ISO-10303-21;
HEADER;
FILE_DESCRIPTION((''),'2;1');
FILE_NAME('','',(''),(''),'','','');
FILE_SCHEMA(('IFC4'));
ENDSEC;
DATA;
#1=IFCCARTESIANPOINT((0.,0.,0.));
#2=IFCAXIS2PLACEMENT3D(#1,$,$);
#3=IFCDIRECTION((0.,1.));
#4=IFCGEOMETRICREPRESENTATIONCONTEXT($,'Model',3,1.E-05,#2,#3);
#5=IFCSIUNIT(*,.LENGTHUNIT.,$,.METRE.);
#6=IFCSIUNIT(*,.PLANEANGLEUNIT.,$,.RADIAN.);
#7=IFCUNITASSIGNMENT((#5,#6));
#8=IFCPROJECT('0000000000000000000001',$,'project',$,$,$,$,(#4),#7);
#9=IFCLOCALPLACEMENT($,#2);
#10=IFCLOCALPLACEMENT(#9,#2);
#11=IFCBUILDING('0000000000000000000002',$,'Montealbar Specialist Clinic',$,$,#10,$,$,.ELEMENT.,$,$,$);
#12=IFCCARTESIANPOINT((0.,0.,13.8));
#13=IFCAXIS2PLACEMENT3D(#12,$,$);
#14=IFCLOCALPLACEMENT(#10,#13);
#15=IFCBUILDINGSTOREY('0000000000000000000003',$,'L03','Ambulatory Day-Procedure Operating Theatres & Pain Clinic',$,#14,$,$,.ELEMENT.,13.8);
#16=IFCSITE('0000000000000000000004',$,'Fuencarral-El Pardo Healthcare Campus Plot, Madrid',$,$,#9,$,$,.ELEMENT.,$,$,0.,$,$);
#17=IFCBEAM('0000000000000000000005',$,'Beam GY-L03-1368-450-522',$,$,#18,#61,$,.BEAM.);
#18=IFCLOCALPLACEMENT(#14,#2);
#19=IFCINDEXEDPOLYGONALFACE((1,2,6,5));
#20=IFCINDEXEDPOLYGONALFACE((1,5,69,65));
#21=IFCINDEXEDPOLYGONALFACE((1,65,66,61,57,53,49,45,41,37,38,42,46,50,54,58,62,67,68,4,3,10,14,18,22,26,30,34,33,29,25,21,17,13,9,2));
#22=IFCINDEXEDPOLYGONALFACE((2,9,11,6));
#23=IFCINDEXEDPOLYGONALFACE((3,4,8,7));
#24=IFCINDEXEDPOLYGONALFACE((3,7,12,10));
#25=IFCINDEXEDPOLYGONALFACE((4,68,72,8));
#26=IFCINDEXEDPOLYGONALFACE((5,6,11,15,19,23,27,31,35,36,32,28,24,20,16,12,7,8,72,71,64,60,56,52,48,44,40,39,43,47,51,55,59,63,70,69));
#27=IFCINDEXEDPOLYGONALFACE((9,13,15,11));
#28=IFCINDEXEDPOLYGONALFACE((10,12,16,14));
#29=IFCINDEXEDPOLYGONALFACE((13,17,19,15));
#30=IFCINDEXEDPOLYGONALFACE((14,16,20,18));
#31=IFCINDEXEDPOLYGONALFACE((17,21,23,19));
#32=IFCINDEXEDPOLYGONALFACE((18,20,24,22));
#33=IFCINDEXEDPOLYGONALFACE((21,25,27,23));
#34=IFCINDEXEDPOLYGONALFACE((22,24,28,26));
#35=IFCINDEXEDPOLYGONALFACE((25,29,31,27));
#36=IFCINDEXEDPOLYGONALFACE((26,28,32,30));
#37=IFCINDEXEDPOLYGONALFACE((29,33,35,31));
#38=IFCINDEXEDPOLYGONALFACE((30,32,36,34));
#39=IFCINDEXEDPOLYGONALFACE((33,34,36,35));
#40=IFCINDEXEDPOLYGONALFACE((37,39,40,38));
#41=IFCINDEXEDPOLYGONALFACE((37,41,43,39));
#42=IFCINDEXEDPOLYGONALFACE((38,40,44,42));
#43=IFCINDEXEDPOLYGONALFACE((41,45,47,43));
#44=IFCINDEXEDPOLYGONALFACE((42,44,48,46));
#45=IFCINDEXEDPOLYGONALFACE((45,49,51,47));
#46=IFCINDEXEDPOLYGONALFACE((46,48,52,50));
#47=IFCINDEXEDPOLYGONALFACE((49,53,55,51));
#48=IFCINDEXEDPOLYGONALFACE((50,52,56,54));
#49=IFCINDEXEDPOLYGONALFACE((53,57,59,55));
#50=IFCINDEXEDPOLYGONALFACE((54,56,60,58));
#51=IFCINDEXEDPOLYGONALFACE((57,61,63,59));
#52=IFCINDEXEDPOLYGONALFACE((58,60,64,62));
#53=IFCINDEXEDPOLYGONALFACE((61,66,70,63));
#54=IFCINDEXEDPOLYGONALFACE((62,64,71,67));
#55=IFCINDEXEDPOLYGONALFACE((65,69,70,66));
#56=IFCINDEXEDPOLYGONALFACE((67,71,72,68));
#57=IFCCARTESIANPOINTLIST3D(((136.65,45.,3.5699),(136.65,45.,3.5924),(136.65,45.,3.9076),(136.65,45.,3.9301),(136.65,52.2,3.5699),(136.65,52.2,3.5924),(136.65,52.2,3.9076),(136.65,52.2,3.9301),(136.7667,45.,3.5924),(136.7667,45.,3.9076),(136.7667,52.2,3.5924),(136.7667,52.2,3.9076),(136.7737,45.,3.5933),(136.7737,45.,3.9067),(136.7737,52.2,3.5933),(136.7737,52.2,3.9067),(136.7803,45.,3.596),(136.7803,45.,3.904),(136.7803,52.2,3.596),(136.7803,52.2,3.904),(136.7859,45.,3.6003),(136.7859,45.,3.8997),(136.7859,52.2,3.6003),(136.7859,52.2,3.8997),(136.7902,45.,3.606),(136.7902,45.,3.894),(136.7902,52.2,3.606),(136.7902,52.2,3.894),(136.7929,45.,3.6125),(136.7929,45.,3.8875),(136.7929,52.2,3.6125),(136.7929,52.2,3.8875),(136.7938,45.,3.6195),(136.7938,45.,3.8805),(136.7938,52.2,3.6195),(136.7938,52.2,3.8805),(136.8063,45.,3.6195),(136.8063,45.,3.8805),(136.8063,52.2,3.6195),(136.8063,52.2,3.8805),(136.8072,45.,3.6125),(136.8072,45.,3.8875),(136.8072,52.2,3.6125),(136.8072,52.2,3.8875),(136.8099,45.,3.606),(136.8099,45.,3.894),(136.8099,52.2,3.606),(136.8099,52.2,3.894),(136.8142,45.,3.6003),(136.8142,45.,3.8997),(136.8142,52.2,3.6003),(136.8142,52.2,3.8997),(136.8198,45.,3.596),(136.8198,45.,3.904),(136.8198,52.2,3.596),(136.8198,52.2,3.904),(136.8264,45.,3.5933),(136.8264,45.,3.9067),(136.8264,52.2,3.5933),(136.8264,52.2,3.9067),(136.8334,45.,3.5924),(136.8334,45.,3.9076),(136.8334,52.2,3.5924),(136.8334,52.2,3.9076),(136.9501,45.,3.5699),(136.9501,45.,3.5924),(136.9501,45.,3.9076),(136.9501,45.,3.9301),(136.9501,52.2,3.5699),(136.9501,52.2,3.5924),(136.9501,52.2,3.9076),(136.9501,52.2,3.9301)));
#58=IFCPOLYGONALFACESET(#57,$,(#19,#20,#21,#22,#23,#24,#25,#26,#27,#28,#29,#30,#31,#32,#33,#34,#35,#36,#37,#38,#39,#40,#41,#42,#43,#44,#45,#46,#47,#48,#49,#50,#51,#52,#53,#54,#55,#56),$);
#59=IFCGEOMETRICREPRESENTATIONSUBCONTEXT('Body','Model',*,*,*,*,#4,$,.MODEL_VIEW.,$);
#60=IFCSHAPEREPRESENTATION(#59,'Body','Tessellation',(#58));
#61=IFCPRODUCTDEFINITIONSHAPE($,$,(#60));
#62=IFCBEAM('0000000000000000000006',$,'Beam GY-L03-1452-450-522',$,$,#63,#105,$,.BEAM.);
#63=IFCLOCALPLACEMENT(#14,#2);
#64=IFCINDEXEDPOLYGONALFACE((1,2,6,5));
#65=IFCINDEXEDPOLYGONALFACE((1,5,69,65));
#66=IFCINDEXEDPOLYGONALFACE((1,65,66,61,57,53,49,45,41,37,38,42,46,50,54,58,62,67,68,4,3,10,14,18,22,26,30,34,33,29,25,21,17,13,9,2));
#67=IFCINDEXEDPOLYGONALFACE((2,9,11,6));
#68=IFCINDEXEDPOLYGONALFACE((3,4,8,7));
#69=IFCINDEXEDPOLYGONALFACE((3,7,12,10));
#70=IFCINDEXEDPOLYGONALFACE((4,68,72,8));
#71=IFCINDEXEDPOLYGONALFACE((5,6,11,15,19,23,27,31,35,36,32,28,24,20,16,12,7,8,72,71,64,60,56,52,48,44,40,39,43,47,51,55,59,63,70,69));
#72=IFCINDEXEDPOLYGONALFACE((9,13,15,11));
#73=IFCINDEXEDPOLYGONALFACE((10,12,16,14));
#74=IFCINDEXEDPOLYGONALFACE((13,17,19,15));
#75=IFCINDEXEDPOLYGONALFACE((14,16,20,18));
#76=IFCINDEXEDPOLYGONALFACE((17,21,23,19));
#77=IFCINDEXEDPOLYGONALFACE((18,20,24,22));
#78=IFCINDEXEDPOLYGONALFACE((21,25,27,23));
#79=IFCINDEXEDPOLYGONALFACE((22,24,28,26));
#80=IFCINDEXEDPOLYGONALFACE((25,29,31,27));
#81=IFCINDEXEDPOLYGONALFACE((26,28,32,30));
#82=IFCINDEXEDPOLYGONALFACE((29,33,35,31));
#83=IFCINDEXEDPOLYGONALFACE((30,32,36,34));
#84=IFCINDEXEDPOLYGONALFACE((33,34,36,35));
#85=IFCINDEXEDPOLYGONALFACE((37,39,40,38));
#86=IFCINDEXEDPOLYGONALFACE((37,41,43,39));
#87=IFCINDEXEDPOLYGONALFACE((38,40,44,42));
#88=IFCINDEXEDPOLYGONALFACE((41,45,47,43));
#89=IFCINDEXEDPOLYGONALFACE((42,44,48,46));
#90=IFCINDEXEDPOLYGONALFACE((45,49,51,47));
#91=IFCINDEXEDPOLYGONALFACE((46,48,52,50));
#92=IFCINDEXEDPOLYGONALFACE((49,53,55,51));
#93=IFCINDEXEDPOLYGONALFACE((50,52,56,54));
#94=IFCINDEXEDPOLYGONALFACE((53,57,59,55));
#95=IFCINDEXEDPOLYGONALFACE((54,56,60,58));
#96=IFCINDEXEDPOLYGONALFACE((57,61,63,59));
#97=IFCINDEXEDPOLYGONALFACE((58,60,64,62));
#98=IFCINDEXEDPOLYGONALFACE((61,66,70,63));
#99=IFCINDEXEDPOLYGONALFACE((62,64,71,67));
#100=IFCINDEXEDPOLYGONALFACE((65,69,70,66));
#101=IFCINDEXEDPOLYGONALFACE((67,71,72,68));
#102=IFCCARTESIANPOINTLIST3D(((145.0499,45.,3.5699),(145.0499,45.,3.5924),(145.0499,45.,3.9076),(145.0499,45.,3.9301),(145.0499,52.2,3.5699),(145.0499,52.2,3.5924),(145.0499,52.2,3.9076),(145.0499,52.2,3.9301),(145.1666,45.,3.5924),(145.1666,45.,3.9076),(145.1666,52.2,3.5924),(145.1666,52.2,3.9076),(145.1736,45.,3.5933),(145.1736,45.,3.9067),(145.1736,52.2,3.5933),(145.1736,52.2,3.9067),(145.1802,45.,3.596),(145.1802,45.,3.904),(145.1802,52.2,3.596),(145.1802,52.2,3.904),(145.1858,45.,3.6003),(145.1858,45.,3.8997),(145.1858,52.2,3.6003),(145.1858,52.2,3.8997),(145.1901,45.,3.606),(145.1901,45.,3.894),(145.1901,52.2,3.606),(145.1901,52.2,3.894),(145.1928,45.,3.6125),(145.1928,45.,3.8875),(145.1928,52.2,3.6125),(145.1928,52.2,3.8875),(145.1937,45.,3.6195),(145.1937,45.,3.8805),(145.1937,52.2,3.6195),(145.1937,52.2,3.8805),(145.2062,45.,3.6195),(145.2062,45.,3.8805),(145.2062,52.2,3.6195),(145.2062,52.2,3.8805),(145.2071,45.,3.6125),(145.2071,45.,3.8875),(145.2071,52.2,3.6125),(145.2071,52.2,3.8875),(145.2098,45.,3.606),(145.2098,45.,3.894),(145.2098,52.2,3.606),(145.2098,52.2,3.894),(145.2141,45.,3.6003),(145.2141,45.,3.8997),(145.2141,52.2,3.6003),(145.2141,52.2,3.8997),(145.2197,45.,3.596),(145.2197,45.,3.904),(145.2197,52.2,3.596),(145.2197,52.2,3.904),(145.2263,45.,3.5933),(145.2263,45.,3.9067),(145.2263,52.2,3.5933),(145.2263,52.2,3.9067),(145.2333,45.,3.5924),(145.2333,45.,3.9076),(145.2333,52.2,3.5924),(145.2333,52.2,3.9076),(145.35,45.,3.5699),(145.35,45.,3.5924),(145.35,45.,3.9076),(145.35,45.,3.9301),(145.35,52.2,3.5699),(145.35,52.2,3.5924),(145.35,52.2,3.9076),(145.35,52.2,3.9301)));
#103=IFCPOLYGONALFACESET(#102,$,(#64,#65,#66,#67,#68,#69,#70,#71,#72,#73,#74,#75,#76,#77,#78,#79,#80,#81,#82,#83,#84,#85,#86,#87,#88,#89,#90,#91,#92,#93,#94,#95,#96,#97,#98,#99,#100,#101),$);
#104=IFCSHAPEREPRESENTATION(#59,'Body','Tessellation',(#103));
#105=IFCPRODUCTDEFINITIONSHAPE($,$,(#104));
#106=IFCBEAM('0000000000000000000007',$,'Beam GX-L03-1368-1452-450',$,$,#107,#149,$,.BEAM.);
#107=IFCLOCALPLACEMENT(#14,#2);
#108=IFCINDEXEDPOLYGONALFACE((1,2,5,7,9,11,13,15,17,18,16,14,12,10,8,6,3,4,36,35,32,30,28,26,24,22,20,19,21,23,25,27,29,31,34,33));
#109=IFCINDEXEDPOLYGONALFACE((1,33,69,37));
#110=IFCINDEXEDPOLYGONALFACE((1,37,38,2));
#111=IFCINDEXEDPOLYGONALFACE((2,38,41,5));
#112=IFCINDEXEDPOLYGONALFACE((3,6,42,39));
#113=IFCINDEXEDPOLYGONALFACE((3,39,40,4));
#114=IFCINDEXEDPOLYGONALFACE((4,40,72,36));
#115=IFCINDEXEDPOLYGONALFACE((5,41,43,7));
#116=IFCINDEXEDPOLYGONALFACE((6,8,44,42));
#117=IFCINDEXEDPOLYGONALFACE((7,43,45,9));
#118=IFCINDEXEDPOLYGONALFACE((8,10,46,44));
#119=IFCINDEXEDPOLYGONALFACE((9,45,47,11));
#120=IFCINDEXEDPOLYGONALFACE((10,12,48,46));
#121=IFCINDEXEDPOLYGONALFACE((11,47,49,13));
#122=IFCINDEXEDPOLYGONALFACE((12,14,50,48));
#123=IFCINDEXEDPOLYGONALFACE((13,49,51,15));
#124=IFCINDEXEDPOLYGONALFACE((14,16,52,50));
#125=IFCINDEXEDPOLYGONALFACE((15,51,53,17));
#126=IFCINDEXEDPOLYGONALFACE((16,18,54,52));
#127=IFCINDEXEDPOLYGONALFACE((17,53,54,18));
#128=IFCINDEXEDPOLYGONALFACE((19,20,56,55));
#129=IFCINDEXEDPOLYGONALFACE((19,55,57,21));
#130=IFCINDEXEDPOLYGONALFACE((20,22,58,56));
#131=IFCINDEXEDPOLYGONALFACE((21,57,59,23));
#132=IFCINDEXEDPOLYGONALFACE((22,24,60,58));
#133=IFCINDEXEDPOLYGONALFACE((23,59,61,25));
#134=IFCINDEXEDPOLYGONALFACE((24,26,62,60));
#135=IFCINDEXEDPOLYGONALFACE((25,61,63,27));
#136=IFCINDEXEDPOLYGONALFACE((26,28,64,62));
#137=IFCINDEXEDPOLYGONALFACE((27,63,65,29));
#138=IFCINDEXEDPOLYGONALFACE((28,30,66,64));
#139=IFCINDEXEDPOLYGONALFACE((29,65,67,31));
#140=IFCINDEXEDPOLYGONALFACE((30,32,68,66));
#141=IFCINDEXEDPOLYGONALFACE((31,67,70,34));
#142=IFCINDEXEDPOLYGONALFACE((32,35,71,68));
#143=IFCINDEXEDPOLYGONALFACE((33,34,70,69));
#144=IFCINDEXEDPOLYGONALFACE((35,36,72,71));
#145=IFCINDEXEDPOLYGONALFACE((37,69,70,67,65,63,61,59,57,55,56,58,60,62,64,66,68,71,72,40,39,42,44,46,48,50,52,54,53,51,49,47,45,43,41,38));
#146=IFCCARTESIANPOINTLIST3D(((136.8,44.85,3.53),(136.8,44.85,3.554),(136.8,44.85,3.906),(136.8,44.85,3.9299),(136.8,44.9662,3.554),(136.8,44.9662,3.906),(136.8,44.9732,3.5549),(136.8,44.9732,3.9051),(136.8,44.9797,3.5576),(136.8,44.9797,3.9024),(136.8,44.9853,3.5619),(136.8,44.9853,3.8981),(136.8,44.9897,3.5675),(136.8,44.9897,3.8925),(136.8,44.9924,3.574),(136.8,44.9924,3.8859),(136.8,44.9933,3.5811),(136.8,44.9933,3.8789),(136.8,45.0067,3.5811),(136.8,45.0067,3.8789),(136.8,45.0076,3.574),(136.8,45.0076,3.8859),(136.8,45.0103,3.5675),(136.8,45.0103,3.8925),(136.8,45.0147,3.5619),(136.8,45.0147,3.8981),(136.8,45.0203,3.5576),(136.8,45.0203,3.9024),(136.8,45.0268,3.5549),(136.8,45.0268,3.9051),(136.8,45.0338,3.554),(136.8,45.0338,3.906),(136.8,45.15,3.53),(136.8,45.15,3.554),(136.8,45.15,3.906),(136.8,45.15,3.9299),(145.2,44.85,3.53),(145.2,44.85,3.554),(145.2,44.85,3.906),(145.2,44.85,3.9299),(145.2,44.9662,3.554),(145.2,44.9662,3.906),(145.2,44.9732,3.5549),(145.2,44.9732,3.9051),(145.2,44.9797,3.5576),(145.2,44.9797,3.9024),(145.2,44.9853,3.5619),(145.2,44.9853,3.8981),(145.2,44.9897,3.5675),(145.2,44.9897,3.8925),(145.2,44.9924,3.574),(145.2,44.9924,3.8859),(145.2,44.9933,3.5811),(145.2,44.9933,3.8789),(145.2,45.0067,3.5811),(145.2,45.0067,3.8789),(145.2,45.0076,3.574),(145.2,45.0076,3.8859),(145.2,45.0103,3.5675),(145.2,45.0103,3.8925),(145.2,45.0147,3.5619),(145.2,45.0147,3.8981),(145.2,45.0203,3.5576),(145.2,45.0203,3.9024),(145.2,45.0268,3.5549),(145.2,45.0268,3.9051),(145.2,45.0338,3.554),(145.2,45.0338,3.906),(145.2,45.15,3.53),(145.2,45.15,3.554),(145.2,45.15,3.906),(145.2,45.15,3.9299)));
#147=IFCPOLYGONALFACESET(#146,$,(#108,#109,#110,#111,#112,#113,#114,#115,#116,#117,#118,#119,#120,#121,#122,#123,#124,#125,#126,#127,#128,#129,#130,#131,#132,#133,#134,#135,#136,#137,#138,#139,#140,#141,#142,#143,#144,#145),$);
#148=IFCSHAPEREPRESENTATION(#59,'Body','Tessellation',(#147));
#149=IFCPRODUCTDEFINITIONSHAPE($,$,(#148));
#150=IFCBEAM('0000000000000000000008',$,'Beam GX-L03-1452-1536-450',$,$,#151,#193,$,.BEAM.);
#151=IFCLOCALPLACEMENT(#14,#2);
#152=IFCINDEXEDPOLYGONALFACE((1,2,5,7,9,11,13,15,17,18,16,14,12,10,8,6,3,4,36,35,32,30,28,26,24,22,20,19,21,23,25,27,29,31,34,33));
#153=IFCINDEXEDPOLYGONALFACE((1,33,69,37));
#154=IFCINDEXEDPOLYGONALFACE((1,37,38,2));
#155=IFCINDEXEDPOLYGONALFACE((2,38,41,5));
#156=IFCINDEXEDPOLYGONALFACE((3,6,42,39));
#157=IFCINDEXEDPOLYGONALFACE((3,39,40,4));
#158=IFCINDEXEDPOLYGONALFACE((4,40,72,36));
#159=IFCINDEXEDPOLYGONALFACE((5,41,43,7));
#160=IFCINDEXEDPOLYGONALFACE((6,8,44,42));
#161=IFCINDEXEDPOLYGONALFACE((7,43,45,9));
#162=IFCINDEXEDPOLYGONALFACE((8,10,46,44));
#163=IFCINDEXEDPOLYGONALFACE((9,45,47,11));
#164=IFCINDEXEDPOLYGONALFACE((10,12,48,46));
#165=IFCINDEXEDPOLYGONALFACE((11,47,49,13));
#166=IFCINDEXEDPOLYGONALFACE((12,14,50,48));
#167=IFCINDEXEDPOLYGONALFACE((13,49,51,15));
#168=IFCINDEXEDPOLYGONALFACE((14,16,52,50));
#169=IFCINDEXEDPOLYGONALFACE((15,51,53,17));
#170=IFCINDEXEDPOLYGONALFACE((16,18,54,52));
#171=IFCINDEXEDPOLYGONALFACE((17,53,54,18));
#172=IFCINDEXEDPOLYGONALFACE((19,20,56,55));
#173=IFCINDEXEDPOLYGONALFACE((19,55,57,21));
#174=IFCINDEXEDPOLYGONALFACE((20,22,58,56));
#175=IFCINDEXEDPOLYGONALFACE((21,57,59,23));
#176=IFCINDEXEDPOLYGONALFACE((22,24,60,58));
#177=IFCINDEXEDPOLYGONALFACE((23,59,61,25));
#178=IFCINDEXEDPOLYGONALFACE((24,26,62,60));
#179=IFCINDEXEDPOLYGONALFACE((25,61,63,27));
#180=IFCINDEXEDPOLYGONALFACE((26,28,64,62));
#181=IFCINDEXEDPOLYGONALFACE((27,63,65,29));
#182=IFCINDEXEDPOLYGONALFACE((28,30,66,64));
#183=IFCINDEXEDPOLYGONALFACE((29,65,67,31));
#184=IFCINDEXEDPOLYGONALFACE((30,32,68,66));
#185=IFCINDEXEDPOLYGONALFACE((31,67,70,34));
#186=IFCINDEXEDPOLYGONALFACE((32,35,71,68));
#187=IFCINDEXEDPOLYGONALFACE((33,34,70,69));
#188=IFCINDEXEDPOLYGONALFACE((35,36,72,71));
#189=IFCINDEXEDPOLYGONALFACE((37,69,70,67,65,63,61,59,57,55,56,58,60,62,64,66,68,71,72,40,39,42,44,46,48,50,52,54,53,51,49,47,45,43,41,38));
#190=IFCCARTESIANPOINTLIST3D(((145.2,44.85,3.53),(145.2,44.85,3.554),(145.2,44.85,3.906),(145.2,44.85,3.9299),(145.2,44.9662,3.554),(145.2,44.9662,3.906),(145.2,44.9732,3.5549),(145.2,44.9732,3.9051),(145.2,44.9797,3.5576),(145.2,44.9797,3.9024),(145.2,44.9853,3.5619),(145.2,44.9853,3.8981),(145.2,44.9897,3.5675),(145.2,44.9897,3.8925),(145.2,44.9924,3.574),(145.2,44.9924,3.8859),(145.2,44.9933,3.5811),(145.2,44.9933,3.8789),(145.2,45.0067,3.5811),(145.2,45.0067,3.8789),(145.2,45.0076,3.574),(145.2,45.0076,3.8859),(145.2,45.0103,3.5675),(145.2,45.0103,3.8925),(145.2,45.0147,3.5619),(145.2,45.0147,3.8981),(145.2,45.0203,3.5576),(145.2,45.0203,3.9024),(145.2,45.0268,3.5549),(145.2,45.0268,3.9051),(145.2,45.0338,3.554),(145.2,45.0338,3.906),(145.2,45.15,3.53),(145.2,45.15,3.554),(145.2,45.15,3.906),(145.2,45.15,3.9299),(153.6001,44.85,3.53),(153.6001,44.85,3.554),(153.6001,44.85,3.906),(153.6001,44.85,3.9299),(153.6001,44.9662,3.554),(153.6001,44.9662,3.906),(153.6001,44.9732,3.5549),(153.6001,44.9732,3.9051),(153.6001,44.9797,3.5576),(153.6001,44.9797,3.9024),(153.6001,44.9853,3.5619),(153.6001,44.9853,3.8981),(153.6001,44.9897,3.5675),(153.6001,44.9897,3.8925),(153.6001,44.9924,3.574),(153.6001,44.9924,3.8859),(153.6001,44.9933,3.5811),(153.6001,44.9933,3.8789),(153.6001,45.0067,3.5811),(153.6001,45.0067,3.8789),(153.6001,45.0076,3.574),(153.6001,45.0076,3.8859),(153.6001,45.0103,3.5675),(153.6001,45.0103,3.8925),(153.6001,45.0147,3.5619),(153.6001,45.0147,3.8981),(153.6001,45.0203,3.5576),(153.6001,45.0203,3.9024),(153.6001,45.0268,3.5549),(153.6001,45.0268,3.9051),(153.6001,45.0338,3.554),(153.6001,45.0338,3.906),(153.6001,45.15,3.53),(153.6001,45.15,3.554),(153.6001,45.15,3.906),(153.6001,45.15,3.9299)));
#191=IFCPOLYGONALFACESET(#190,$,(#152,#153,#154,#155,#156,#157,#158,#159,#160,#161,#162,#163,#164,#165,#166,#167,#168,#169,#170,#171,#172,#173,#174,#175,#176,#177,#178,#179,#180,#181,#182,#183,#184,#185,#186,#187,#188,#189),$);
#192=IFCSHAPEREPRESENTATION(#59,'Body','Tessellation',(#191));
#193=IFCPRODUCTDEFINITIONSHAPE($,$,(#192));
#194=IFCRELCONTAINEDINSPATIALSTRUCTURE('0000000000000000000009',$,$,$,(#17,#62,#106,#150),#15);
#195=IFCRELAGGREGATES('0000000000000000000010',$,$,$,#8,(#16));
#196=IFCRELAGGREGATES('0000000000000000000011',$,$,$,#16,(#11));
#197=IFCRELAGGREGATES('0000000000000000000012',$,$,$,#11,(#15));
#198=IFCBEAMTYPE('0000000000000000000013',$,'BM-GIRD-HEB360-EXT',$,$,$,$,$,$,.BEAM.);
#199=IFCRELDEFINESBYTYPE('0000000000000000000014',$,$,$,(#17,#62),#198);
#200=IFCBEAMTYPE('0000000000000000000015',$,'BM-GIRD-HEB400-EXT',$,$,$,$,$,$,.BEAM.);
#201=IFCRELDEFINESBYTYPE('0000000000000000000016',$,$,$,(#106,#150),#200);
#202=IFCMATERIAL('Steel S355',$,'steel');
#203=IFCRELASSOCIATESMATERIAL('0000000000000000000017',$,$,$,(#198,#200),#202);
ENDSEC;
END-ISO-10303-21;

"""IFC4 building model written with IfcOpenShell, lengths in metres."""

from ifc_helpers import new_model, si_unit, direction, frame, origin, origin_2d, place, context, subcontext, project, spatial, i_section, extrude, material, material_profile, profile_set, type_object, element, save


model = new_model("IFC4")

# Units and contexts
model_context = context("Model", 3, precision=1e-05, world=origin(), true_north=direction((0.0, 1.0)))
body_context = subcontext(model_context, "Body", "Model", "MODEL_VIEW")
ifc_project = project(units=[si_unit("LENGTHUNIT", "METRE"), si_unit("PLANEANGLEUNIT", "RADIAN")], contexts=[model_context])

# Site, building, storey
site_placement = place(None, origin())
site = spatial("IfcSite", under=ifc_project, at=site_placement, Name="Fuencarral-El Pardo Healthcare Campus Plot, Madrid", CompositionType="ELEMENT", RefElevation=0.0)
building_placement = place(site_placement, origin())
building = spatial("IfcBuilding", under=site, at=building_placement, Name="Montealbar Specialist Clinic", CompositionType="ELEMENT")
storey_placement = place(building_placement, frame((0.0, 0.0, 13.8)))
storey = spatial("IfcBuildingStorey", under=building, at=storey_placement, Name="L03", Description="Ambulatory Day-Procedure Operating Theatres & Pain Clinic", CompositionType="ELEMENT", Elevation=13.8)

# Shared definitions
ifc_material_1 = material(Name="Steel S355", Category="steel")

# Beams
ifc_material_profile_1 = material_profile(ifc_material_1, i_section(OverallWidth=0.3, OverallDepth=0.3601, WebThickness=0.0125, FlangeThickness=0.0225, FilletRadius=0.0271, at=origin_2d()), Name="HEB 360", Category="steel")
ifc_profile_set_1 = profile_set([ifc_material_profile_1], Name="Steel S355")
beam_type_1 = type_object("IfcBeamType", Name="BM-GIRD-HEB360-EXT", PredefinedType="BEAM", material=ifc_profile_set_1)
for number, where, z_axis, x_axis, name in (
    (1, (136.8, 45.0, 3.75), (0.0, 1.0, 0.0), (-1.0, 0.0, 0.0), "Beam GY-L03-1368-450-522"),
    (2, (145.2, 45.0, 3.75), (0.0, 1.0, 0.0), (-1.0, 0.0, 0.0), "Beam GY-L03-1452-450-522"),
):
    element("IfcBeam", number, at=place(storey_placement, frame(where, z_axis=z_axis, x_axis=x_axis)), inside=storey, type_object=beam_type_1, Name=name, PredefinedType="BEAM", context=body_context, shape_type="SweptSolid", body=[
        extrude(i_section(OverallWidth=0.3, OverallDepth=0.3601, WebThickness=0.0125, FlangeThickness=0.0225, FilletRadius=0.0271, at=origin_2d()), origin(), (0.0, 0.0, 1.0), 7.2),
    ])
ifc_material_profile_2 = material_profile(ifc_material_1, i_section(OverallWidth=0.3, OverallDepth=0.3999, WebThickness=0.0134, FlangeThickness=0.0239, FilletRadius=0.0271, at=origin_2d()), Name="HEB 400", Category="steel")
ifc_profile_set_2 = profile_set([ifc_material_profile_2], Name="Steel S355")
beam_type_2 = type_object("IfcBeamType", Name="BM-GIRD-HEB400-EXT", PredefinedType="BEAM", material=ifc_profile_set_2)
beam_1_placement = place(storey_placement, frame((136.8, 45.0, 3.73), z_axis=(1.0, 0.0, 0.0), x_axis=(0.0, 1.0, 0.0)))
element("IfcBeam", 3, at=beam_1_placement, inside=storey, type_object=beam_type_2, Name="Beam GX-L03-1368-1452-450", PredefinedType="BEAM", context=body_context, shape_type="SweptSolid", body=[
    extrude(i_section(OverallWidth=0.3, OverallDepth=0.3999, WebThickness=0.0134, FlangeThickness=0.0239, FilletRadius=0.0271, at=origin_2d()), origin(), (0.0, 0.0, 1.0), 8.3999),
])
beam_2_placement = place(storey_placement, frame((145.2, 45.0, 3.73), z_axis=(1.0, 0.0, 0.0), x_axis=(0.0, 1.0, 0.0)))
element("IfcBeam", 4, at=beam_2_placement, inside=storey, type_object=beam_type_2, Name="Beam GX-L03-1452-1536-450", PredefinedType="BEAM", context=body_context, shape_type="SweptSolid", body=[
    extrude(i_section(OverallWidth=0.3, OverallDepth=0.3999, WebThickness=0.0134, FlangeThickness=0.0239, FilletRadius=0.0271, at=origin_2d()), origin(), (0.0, 0.0, 1.0), 8.4001),
])

save(model, "model.ifc")
